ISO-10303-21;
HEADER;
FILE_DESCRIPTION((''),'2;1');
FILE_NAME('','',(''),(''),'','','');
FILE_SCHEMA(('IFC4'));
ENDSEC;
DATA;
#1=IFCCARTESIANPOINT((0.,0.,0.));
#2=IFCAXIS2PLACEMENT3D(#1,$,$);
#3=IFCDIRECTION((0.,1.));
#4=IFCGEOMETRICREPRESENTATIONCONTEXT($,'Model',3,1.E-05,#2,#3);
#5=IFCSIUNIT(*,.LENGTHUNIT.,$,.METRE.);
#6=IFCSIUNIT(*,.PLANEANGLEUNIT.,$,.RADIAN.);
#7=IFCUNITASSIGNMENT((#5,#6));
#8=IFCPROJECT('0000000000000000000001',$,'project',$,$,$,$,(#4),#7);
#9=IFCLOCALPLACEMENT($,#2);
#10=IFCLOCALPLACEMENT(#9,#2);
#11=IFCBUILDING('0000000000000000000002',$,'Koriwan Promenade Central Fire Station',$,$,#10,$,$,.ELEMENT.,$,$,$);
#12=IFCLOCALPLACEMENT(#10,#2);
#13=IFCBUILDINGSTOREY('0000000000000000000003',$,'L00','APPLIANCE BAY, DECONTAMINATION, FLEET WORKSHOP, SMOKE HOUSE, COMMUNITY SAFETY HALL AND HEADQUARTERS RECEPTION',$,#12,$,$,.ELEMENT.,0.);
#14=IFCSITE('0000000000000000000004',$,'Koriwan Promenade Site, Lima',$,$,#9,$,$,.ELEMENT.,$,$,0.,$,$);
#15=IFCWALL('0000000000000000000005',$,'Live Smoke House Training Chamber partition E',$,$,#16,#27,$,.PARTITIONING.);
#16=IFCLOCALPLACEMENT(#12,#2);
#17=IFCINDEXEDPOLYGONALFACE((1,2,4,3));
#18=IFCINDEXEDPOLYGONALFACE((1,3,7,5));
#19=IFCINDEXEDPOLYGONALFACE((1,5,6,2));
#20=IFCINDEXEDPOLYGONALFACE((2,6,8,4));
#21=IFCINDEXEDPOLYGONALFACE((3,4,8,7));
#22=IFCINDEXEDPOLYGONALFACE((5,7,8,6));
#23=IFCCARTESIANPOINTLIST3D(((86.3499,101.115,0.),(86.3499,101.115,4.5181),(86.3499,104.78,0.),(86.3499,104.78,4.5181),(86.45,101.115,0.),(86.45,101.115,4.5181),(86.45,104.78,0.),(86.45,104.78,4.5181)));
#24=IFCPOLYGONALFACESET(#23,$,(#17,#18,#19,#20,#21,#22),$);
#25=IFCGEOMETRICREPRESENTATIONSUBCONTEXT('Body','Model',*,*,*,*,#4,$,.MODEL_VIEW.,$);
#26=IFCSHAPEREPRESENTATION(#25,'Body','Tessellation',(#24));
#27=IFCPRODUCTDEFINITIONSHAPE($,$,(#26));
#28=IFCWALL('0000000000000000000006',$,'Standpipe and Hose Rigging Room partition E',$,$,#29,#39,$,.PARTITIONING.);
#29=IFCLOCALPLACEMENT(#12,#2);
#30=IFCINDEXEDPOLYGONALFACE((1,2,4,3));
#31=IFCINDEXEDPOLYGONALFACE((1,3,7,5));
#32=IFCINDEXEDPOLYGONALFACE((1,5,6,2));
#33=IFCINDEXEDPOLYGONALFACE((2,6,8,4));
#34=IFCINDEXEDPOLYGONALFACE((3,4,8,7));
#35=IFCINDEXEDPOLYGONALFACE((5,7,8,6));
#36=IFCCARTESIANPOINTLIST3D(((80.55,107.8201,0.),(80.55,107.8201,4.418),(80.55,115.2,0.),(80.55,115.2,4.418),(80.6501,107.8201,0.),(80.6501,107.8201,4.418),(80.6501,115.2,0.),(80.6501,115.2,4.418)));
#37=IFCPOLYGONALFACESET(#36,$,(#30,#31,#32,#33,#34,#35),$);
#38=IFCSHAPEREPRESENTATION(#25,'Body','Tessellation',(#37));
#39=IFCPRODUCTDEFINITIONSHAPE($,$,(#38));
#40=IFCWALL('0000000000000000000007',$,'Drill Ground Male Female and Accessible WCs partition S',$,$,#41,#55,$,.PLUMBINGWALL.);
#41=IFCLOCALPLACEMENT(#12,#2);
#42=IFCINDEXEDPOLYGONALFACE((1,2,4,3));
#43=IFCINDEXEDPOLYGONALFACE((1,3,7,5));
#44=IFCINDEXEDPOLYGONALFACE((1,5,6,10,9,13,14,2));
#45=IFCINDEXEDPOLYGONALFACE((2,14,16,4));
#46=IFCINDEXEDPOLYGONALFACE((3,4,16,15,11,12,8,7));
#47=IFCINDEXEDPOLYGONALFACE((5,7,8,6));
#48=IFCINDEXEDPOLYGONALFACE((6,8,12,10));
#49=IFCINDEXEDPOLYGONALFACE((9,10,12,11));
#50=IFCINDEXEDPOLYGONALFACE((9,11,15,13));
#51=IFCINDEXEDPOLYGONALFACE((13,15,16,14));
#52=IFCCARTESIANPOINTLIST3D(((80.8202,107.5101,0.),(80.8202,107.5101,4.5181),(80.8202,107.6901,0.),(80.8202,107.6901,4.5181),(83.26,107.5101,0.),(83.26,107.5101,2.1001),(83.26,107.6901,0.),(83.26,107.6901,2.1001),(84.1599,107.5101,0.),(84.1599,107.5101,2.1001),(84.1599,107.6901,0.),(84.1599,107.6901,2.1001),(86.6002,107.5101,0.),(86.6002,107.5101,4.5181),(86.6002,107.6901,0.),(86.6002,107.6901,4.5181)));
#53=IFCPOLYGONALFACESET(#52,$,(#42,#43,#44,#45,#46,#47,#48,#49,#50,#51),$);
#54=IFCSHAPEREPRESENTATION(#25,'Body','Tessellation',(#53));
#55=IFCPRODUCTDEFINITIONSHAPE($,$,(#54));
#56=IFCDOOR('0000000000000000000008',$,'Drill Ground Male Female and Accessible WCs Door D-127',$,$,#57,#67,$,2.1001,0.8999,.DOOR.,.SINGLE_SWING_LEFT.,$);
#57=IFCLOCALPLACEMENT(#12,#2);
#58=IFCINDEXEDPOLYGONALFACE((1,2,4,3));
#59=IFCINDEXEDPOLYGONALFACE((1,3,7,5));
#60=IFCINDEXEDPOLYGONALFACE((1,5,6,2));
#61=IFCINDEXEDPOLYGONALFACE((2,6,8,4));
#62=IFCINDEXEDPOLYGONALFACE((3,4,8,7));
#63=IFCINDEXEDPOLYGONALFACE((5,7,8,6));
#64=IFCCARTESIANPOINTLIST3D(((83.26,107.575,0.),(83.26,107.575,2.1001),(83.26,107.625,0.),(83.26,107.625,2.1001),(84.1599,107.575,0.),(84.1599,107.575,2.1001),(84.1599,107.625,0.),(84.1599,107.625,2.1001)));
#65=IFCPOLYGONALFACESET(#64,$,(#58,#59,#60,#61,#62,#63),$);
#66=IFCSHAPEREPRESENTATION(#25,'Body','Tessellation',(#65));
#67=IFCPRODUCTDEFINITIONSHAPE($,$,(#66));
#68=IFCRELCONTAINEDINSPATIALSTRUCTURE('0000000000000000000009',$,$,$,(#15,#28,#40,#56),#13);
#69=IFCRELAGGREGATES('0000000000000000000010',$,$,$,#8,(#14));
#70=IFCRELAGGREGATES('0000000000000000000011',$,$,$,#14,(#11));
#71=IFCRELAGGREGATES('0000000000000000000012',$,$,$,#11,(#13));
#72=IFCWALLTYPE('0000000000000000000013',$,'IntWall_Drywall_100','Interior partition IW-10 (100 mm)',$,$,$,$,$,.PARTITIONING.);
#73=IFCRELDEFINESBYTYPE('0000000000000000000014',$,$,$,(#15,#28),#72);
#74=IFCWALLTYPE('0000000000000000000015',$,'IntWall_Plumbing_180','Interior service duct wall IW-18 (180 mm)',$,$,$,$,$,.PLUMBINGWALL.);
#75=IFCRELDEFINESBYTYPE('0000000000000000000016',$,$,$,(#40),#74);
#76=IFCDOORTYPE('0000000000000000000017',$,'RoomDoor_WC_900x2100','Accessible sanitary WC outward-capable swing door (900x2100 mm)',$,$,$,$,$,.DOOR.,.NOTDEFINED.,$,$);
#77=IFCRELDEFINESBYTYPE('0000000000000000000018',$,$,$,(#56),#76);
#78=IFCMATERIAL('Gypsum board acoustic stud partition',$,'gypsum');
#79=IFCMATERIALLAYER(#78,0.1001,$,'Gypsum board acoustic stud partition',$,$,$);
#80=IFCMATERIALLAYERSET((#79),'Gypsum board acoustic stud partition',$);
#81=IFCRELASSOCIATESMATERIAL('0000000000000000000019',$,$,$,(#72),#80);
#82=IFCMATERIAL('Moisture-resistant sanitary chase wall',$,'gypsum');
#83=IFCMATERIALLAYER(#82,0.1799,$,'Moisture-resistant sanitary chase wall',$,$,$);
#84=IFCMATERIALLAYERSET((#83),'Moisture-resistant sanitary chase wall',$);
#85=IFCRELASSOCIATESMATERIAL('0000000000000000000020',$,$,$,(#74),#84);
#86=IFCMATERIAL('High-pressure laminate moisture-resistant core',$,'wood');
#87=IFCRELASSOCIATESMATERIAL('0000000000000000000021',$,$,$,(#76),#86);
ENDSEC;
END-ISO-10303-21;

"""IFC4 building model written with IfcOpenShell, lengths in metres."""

from ifc_helpers import new_model, si_unit, direction, frame, frame_2d, origin, place, context, subcontext, project, spatial, rectangle, extrude, material, layer, layer_set, type_object, element, fill, save


model = new_model("IFC4")

# Units and contexts
model_context = context("Model", 3, precision=1e-05, world=origin(), true_north=direction((0.0, 1.0)))
body_context = subcontext(model_context, "Body", "Model", "MODEL_VIEW")
ifc_project = project(units=[si_unit("LENGTHUNIT", "METRE"), si_unit("PLANEANGLEUNIT", "RADIAN")], contexts=[model_context])

# Site, building, storey
site_placement = place(None, origin())
site = spatial("IfcSite", under=ifc_project, at=site_placement, Name="Koriwan Promenade Site, Lima", CompositionType="ELEMENT", RefElevation=0.0)
building_placement = place(site_placement, origin())
building = spatial("IfcBuilding", under=site, at=building_placement, Name="Koriwan Promenade Central Fire Station", CompositionType="ELEMENT")
storey_placement = place(building_placement, origin())
storey = spatial("IfcBuildingStorey", under=building, at=storey_placement, Name="L00", Description="APPLIANCE BAY, DECONTAMINATION, FLEET WORKSHOP, SMOKE HOUSE, COMMUNITY SAFETY HALL AND HEADQUARTERS RECEPTION", CompositionType="ELEMENT", Elevation=0.0)

# Walls
ifc_material_1 = material(Name="Gypsum board acoustic stud partition", Category="gypsum")
ifc_layer_1 = layer(ifc_material_1, 0.1001, Name="Gypsum board acoustic stud partition")
ifc_layer_set_1 = layer_set([ifc_layer_1], Name="Gypsum board acoustic stud partition")
wall_type_1 = type_object("IfcWallType", Name="IntWall_Drywall_100", Description="Interior partition IW-10 (100 mm)", PredefinedType="PARTITIONING", material=ifc_layer_set_1)
wall_1_placement = place(storey_placement, frame((86.3999, 101.115, 0.0), z_axis=(0.0, 0.0, 1.0), x_axis=(0.0, 1.0, 0.0)))
element("IfcWall", 1, at=wall_1_placement, inside=storey, type_object=wall_type_1, Name="Live Smoke House Training Chamber partition E", PredefinedType="PARTITIONING", context=body_context, shape_type="SweptSolid", body=[
    extrude(rectangle(XDim=3.665, YDim=0.1001, at=frame_2d((1.8325, 0.0))), origin(), (0.0, 0.0, 1.0), 4.5181),
])
wall_2_placement = place(storey_placement, frame((80.6001, 107.8201, 0.0), z_axis=(0.0, 0.0, 1.0), x_axis=(0.0, 1.0, 0.0)))
element("IfcWall", 2, at=wall_2_placement, inside=storey, type_object=wall_type_1, Name="Standpipe and Hose Rigging Room partition E", PredefinedType="PARTITIONING", context=body_context, shape_type="SweptSolid", body=[
    extrude(rectangle(XDim=7.3799, YDim=0.1001, at=frame_2d((3.6899, 0.0))), origin(), (0.0, 0.0, 1.0), 4.418),
])

# Wall, opening, door
ifc_material_2 = material(Name="Moisture-resistant sanitary chase wall", Category="gypsum")
ifc_layer_2 = layer(ifc_material_2, 0.1799, Name="Moisture-resistant sanitary chase wall")
ifc_layer_set_2 = layer_set([ifc_layer_2], Name="Moisture-resistant sanitary chase wall")
wall_type_2 = type_object("IfcWallType", Name="IntWall_Plumbing_180", Description="Interior service duct wall IW-18 (180 mm)", PredefinedType="PLUMBINGWALL", material=ifc_layer_set_2)
wall_3_placement = place(storey_placement, frame((80.8201, 107.6001, 0.0), z_axis=(0.0, 0.0, 1.0), x_axis=(1.0, 0.0, 0.0)))
wall_3 = element("IfcWall", 3, at=wall_3_placement, inside=storey, type_object=wall_type_2, Name="Drill Ground Male Female and Accessible WCs partition S", PredefinedType="PLUMBINGWALL", context=body_context, shape_type="SweptSolid", body=[
    extrude(rectangle(XDim=5.78, YDim=0.1799, at=frame_2d((2.8901, 0.0))), origin(), (0.0, 0.0, 1.0), 4.5181),
])
opening_placement = place(wall_3_placement, frame((2.4399, 0.0, 0.0)))
opening = element("IfcOpeningElement", 4, at=opening_placement, cuts=wall_3, PredefinedType="OPENING", context=body_context, shape_type="SweptSolid", body=[
    extrude(rectangle(XDim=0.8999, YDim=2.1001, at=frame_2d((0.45, 1.05))), frame((0.0, 0.1021, 0.0), z_axis=(0.0, -1.0, 0.0), x_axis=(1.0, 0.0, 0.0)), (0.0, 0.0, 1.0), 0.2039),
])
ifc_material_3 = material(Name="High-pressure laminate moisture-resistant core", Category="wood")
door_type = type_object("IfcDoorType", Name="RoomDoor_WC_900x2100", Description="Accessible sanitary WC outward-capable swing door (900x2100 mm)", OperationType="NOTDEFINED", PredefinedType="DOOR", material=ifc_material_3)
door_placement = place(opening_placement, origin())
door = element("IfcDoor", 5, at=door_placement, inside=storey, type_object=door_type, Name="Drill Ground Male Female and Accessible WCs Door D-127", OperationType="SINGLE_SWING_LEFT", OverallHeight=2.1001, OverallWidth=0.8999, PredefinedType="DOOR", context=body_context, shape_type="SweptSolid", body=[
    extrude(rectangle(XDim=0.8999, YDim=2.1001, at=frame_2d((0.45, 1.05))), frame((0.0, 0.0249, 0.0), z_axis=(0.0, -1.0, 0.0), x_axis=(1.0, 0.0, 0.0)), (0.0, 0.0, 1.0), 0.05),
])
fill(opening, door)

save(model, "model.ifc")
